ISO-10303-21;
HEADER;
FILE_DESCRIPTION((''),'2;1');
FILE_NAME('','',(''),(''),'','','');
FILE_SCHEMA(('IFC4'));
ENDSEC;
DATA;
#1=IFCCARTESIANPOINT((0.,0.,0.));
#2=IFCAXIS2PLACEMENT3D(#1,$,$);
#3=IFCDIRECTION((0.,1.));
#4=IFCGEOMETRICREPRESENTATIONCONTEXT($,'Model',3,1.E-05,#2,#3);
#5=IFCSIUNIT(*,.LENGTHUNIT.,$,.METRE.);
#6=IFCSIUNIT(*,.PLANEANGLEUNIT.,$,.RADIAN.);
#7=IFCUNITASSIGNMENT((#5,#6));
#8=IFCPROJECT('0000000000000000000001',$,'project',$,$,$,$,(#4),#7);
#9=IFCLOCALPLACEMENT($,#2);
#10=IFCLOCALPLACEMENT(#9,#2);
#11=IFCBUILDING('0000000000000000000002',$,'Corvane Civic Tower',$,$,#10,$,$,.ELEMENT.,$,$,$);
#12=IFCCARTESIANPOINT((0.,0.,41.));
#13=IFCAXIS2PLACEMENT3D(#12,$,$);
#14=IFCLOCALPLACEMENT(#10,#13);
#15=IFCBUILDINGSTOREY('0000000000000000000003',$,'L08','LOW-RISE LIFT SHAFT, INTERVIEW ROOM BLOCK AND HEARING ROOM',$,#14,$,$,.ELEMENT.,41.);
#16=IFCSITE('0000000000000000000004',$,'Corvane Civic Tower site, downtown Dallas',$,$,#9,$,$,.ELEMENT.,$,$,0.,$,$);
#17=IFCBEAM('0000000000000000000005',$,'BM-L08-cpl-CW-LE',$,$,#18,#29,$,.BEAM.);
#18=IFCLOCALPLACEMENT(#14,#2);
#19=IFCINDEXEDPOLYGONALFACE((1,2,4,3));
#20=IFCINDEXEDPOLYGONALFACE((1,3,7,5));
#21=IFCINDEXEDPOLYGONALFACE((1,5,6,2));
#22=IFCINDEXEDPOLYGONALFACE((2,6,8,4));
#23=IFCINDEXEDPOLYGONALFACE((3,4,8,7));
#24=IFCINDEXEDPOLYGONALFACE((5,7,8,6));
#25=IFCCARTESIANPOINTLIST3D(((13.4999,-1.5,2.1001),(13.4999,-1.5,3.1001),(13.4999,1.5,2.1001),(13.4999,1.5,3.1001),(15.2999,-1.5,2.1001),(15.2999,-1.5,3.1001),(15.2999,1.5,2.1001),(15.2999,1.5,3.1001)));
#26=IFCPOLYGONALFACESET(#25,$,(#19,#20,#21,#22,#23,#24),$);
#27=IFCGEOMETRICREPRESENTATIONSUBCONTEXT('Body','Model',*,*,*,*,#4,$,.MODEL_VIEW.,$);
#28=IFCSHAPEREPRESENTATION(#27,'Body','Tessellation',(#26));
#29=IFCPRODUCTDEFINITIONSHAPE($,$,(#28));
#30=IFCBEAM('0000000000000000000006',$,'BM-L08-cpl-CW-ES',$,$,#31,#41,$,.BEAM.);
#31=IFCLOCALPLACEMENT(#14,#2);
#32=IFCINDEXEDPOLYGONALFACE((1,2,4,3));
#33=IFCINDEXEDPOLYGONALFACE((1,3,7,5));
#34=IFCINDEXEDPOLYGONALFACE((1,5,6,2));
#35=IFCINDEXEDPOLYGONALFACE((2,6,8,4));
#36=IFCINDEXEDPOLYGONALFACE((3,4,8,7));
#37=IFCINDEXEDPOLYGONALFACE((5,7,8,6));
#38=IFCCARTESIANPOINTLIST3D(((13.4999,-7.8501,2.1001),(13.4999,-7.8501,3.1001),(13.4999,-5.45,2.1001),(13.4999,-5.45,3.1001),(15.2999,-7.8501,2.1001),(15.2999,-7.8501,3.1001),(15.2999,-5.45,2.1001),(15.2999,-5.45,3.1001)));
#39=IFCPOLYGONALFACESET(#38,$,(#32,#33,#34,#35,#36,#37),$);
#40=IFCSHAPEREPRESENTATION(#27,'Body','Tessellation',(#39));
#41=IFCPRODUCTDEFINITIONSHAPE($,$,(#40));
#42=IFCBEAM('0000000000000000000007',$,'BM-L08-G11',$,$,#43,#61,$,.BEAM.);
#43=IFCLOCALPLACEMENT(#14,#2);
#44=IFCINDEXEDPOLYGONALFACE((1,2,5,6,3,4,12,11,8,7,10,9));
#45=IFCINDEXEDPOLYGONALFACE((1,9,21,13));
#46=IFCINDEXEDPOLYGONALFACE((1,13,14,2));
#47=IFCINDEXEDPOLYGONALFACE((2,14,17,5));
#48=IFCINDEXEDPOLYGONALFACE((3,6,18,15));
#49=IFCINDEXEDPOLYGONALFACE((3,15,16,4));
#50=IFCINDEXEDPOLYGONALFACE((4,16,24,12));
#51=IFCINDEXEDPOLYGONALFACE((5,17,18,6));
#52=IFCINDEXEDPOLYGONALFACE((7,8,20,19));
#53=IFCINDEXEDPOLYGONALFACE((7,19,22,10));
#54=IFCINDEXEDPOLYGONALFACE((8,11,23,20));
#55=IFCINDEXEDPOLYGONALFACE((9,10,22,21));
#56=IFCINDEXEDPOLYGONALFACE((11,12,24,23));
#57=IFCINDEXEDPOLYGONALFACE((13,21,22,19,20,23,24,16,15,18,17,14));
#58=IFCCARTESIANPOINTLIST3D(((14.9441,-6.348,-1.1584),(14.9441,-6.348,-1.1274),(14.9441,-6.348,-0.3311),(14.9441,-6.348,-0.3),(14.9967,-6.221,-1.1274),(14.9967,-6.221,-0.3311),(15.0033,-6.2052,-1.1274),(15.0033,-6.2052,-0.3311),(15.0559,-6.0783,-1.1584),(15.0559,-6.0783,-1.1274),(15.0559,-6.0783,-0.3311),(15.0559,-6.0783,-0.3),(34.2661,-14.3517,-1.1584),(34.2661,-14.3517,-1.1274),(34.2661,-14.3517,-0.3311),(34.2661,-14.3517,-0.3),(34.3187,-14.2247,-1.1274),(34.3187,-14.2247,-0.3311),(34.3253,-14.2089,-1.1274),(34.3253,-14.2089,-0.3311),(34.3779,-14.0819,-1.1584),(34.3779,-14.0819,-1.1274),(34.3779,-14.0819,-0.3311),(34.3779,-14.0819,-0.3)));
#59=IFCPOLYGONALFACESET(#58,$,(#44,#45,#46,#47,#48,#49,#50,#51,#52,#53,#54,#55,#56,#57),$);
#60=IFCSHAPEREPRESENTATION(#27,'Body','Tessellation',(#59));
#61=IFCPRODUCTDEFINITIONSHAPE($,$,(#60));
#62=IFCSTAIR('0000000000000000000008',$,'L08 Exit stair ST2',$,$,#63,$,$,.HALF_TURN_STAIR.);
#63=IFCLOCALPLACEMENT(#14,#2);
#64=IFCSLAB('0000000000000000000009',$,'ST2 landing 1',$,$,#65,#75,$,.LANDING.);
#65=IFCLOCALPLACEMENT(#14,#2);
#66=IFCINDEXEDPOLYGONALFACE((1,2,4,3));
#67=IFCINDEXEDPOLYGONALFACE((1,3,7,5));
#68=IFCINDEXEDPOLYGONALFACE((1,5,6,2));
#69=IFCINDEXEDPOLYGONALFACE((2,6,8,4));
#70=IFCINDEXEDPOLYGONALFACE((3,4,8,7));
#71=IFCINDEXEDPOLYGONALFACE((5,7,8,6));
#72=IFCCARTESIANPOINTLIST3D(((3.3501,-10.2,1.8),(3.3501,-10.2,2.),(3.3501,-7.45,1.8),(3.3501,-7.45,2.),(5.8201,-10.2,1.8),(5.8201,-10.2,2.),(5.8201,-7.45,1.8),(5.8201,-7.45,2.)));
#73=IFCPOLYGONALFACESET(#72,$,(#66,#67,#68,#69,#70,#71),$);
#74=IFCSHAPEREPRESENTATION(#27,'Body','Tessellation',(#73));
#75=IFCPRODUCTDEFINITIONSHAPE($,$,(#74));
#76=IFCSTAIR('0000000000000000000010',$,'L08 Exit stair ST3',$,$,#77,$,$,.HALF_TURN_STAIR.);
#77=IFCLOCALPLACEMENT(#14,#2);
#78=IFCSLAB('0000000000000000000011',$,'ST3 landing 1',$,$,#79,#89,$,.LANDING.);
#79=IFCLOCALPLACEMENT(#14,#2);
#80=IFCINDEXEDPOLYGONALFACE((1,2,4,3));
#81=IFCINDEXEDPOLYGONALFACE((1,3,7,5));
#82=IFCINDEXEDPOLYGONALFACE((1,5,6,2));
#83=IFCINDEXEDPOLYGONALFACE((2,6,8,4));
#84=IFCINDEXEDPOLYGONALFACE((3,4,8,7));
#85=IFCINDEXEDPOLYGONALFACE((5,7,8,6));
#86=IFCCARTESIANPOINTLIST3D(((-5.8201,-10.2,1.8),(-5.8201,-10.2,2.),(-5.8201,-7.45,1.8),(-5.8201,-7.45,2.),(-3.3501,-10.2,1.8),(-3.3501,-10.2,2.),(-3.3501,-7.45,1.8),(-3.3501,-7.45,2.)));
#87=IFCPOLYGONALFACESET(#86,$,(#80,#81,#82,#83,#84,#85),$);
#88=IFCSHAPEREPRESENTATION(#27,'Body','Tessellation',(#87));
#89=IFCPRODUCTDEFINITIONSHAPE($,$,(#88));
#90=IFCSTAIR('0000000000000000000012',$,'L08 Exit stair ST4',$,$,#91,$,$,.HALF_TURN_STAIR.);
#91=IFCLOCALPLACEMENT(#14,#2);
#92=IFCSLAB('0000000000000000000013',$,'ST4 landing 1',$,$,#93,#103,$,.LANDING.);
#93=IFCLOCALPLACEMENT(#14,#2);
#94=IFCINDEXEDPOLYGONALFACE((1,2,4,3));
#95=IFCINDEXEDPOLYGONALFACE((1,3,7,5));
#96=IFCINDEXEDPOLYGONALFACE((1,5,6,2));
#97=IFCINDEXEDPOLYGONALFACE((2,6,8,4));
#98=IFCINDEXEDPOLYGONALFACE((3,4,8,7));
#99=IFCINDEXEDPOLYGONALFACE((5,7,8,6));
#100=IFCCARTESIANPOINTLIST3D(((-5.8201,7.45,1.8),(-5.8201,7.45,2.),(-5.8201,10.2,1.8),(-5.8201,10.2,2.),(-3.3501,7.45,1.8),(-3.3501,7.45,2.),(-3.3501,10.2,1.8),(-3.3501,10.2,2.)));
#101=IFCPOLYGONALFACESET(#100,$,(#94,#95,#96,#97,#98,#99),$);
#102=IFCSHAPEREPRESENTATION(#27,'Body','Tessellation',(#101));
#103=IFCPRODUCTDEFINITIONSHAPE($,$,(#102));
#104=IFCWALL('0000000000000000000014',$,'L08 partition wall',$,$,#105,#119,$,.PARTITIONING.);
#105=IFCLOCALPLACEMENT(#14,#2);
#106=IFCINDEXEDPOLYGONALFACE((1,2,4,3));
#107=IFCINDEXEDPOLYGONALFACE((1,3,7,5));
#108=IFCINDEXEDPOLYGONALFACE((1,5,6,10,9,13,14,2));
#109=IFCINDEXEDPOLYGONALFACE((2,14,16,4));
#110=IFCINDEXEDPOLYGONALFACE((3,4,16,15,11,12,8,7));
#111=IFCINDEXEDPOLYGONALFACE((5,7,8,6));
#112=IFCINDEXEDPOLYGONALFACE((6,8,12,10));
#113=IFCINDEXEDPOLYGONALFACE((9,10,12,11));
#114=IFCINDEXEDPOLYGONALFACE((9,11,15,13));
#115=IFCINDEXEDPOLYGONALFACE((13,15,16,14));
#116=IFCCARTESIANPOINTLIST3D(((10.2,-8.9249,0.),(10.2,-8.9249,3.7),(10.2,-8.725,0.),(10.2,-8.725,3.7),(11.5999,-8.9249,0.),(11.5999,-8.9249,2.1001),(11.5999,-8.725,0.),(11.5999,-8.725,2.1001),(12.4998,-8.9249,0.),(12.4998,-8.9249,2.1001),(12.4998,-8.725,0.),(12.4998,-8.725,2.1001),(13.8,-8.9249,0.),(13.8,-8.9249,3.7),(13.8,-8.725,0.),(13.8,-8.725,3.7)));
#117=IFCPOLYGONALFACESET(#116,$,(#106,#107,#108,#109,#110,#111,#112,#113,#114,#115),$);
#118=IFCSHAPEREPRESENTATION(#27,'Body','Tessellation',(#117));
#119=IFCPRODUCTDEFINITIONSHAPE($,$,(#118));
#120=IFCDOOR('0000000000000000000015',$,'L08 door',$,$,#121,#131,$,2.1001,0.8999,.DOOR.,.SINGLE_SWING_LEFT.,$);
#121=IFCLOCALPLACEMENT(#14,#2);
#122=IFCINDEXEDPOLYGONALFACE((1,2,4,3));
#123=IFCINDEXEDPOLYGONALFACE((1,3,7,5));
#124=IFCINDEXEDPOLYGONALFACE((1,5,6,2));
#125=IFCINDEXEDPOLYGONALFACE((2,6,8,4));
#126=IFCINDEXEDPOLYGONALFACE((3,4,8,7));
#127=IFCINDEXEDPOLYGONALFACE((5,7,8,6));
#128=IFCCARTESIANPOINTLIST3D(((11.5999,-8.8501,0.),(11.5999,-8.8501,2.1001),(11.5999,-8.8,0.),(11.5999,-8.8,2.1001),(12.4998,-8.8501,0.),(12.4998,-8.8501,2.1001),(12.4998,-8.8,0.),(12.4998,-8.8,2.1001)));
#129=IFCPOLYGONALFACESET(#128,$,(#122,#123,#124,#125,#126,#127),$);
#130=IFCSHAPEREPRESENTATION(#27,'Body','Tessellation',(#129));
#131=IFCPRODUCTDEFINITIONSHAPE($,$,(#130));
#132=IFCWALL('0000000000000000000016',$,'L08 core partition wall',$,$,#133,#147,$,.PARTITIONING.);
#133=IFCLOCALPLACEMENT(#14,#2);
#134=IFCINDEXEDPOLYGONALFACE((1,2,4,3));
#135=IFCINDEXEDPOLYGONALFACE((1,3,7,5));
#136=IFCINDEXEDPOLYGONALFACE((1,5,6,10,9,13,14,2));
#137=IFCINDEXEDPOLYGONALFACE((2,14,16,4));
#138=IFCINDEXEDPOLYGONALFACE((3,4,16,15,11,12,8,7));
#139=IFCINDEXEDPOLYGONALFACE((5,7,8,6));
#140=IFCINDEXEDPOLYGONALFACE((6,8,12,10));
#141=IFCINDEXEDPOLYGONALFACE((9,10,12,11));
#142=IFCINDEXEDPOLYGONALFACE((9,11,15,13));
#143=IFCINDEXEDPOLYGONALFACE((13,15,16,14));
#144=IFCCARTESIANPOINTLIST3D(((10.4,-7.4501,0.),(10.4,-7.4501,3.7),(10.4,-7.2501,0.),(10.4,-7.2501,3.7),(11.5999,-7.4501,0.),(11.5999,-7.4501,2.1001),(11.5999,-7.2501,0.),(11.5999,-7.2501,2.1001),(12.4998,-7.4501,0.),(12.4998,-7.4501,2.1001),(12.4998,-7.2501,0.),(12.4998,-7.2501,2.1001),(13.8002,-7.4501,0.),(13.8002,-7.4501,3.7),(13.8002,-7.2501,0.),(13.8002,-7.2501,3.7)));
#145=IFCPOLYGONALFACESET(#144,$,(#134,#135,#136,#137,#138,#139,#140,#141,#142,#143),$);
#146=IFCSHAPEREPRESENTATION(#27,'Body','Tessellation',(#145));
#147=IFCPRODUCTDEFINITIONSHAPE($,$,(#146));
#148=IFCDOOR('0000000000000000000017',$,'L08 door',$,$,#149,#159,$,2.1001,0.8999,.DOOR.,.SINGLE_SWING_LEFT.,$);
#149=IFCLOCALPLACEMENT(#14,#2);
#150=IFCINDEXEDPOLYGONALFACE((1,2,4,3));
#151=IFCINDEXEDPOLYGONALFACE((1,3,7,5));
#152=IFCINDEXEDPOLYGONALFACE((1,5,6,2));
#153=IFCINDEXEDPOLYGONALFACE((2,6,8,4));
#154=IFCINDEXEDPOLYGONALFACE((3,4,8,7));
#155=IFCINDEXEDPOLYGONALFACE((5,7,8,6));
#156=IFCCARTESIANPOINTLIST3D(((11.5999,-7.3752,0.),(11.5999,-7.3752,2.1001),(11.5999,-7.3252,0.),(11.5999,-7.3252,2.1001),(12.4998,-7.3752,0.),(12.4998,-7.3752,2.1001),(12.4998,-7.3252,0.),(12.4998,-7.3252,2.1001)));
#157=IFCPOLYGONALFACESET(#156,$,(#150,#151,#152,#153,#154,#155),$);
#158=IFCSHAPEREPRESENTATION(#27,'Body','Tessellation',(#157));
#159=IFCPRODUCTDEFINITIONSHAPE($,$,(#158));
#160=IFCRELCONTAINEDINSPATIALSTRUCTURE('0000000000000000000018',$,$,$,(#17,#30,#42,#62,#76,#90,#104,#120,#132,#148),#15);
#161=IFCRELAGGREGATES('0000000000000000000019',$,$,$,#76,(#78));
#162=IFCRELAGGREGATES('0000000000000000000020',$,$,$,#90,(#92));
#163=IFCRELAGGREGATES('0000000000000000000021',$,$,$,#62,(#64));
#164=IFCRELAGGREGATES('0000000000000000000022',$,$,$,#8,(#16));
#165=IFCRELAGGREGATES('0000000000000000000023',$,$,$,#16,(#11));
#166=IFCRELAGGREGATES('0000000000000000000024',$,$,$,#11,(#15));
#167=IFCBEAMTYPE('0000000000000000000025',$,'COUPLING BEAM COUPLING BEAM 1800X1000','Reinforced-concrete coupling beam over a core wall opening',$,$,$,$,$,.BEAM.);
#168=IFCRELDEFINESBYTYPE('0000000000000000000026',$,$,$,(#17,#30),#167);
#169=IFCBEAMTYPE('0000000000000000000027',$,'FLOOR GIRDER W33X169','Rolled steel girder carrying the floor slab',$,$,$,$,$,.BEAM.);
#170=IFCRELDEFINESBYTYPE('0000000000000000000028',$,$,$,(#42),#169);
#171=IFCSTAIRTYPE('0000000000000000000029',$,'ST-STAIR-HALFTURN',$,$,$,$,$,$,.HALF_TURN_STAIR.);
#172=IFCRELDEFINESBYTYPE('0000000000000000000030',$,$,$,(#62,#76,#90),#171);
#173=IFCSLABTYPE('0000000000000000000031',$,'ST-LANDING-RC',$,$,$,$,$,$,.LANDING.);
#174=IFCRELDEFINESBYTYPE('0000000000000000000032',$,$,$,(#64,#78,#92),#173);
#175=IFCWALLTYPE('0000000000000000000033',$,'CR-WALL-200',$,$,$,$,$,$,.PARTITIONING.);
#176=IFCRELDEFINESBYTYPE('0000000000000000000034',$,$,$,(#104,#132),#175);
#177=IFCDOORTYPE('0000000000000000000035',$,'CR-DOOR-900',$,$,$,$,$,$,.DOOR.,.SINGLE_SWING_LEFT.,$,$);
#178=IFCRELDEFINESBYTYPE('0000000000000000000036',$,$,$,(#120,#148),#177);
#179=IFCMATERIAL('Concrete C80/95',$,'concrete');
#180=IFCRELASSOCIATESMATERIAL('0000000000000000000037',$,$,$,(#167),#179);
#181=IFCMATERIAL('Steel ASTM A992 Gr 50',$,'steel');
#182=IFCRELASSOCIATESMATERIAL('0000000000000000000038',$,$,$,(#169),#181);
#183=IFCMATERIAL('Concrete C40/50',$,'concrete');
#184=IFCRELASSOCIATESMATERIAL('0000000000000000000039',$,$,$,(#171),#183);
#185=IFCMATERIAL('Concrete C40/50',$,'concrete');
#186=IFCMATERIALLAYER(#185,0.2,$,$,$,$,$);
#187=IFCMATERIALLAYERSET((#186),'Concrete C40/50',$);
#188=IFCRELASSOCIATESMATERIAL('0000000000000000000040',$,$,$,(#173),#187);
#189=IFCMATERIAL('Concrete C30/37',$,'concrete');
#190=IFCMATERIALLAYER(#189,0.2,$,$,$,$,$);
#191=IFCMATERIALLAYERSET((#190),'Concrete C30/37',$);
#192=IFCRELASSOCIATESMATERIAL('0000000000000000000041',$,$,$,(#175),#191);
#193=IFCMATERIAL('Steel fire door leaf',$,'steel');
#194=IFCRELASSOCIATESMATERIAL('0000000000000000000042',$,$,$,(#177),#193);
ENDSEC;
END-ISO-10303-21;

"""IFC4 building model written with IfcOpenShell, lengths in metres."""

from ifc_helpers import new_model, si_unit, direction, frame, frame_2d, origin, origin_2d, place, context, subcontext, project, spatial, polyline, rectangle, i_section, outline, extrude, material, layer, layer_set, material_profile, profile_set, type_object, element, fill, aggregate, save


model = new_model("IFC4")

# Units and contexts
model_context = context("Model", 3, precision=1e-05, world=origin(), true_north=direction((0.0, 1.0)))
body_context = subcontext(model_context, "Body", "Model", "MODEL_VIEW")
ifc_project = project(units=[si_unit("LENGTHUNIT", "METRE"), si_unit("PLANEANGLEUNIT", "RADIAN")], contexts=[model_context])

# Site, building, storey
site_placement = place(None, origin())
site = spatial("IfcSite", under=ifc_project, at=site_placement, Name="Corvane Civic Tower site, downtown Dallas", CompositionType="ELEMENT", RefElevation=0.0)
building_placement = place(site_placement, origin())
building = spatial("IfcBuilding", under=site, at=building_placement, Name="Corvane Civic Tower", CompositionType="ELEMENT")
storey_placement = place(building_placement, frame((0.0, 0.0, 41.0)))
storey = spatial("IfcBuildingStorey", under=building, at=storey_placement, Name="L08", Description="LOW-RISE LIFT SHAFT, INTERVIEW ROOM BLOCK AND HEARING ROOM", CompositionType="ELEMENT", Elevation=41.0)

# Beams
ifc_material_1 = material(Name="Concrete C80/95", Category="concrete")
ifc_material_profile_1 = material_profile(ifc_material_1, rectangle(XDim=1.8, YDim=1.0, at=origin_2d()), Name="COUPLING BEAM 1800X1000")
ifc_profile_set_1 = profile_set([ifc_material_profile_1], Name="Concrete C80/95")
beam_type_1 = type_object("IfcBeamType", Name="COUPLING BEAM COUPLING BEAM 1800X1000", Description="Reinforced-concrete coupling beam over a core wall opening", PredefinedType="BEAM", material=ifc_profile_set_1)
beam_1_placement = place(storey_placement, frame((14.3999, -1.5, 2.6001), z_axis=(0.0, 1.0, 0.0), x_axis=(-1.0, 0.0, 0.0)))
element("IfcBeam", 1, at=beam_1_placement, inside=storey, type_object=beam_type_1, Name="BM-L08-cpl-CW-LE", PredefinedType="BEAM", context=body_context, shape_type="SweptSolid", body=[
    extrude(rectangle(XDim=1.8, YDim=1.0, at=origin_2d()), origin(), (0.0, 0.0, 1.0), 3.0),
])
beam_2_placement = place(storey_placement, frame((14.3999, -7.8501, 2.6001), z_axis=(0.0, 1.0, 0.0), x_axis=(-1.0, 0.0, 0.0)))
element("IfcBeam", 2, at=beam_2_placement, inside=storey, type_object=beam_type_1, Name="BM-L08-cpl-CW-ES", PredefinedType="BEAM", context=body_context, shape_type="SweptSolid", body=[
    extrude(rectangle(XDim=1.8, YDim=1.0, at=origin_2d()), origin(), (0.0, 0.0, 1.0), 2.4001),
])
ifc_material_2 = material(Name="Steel ASTM A992 Gr 50", Category="steel")
ifc_material_profile_2 = material_profile(ifc_material_2, i_section(OverallWidth=0.292, OverallDepth=0.8584, WebThickness=0.0171, FlangeThickness=0.031, at=origin_2d()), Name="W33X169")
ifc_profile_set_2 = profile_set([ifc_material_profile_2], Name="Steel ASTM A992 Gr 50")
beam_type_2 = type_object("IfcBeamType", Name="FLOOR GIRDER W33X169", Description="Rolled steel girder carrying the floor slab", PredefinedType="BEAM", material=ifc_profile_set_2)
beam_3_placement = place(storey_placement, frame((15.0, -6.2131, -0.7292), z_axis=(0.923876, -0.382692, 0.0), x_axis=(0.382692, 0.923876, 0.0)))
element("IfcBeam", 3, at=beam_3_placement, inside=storey, type_object=beam_type_2, Name="BM-L08-G11", PredefinedType="BEAM", context=body_context, shape_type="SweptSolid", body=[
    extrude(i_section(OverallWidth=0.292, OverallDepth=0.8584, WebThickness=0.0171, FlangeThickness=0.031, at=origin_2d()), origin(), (0.0, 0.0, 1.0), 20.9141),
])

# Stairs, slabs
ifc_material_3 = material(Name="Concrete C40/50", Category="concrete")
stair_type = type_object("IfcStairType", Name="ST-STAIR-HALFTURN", PredefinedType="HALF_TURN_STAIR", material=ifc_material_3)
stair_1_placement = place(storey_placement, origin())
stair_1 = element("IfcStair", 4, at=stair_1_placement, inside=storey, type_object=stair_type, Name="L08 Exit stair ST2", PredefinedType="HALF_TURN_STAIR")
ifc_material_4 = material(Name="Concrete C40/50", Category="concrete")
ifc_layer_1 = layer(ifc_material_4, 0.2)
ifc_layer_set_1 = layer_set([ifc_layer_1], Name="Concrete C40/50")
slab_type = type_object("IfcSlabType", Name="ST-LANDING-RC", PredefinedType="LANDING", material=ifc_layer_set_1)
slab_1_placement = place(storey_placement, frame((0.0, 0.0, 1.8)))
slab_1 = element("IfcSlab", 5, at=slab_1_placement, type_object=slab_type, Name="ST2 landing 1", PredefinedType="LANDING", context=body_context, shape_type="SweptSolid", body=[
    extrude(outline(polyline([(5.8201, -7.45), (3.3501, -7.45), (3.3501, -10.2), (5.8201, -10.2), (5.8201, -7.45)])), origin(), (0.0, 0.0, 1.0), 0.2),
])
stair_2_placement = place(storey_placement, origin())
stair_2 = element("IfcStair", 6, at=stair_2_placement, inside=storey, type_object=stair_type, Name="L08 Exit stair ST3", PredefinedType="HALF_TURN_STAIR")
slab_2_placement = place(storey_placement, frame((0.0, 0.0, 1.8)))
slab_2 = element("IfcSlab", 7, at=slab_2_placement, type_object=slab_type, Name="ST3 landing 1", PredefinedType="LANDING", context=body_context, shape_type="SweptSolid", body=[
    extrude(outline(polyline([(-5.8201, -10.2), (-3.3501, -10.2), (-3.3501, -7.45), (-5.8201, -7.45), (-5.8201, -10.2)])), origin(), (0.0, 0.0, 1.0), 0.2),
])
aggregate(stair_2, [slab_2])
stair_3_placement = place(storey_placement, origin())
stair_3 = element("IfcStair", 8, at=stair_3_placement, inside=storey, type_object=stair_type, Name="L08 Exit stair ST4", PredefinedType="HALF_TURN_STAIR")
slab_3_placement = place(storey_placement, frame((0.0, 0.0, 1.8)))
slab_3 = element("IfcSlab", 9, at=slab_3_placement, type_object=slab_type, Name="ST4 landing 1", PredefinedType="LANDING", context=body_context, shape_type="SweptSolid", body=[
    extrude(outline(polyline([(-5.8201, 7.45), (-3.3501, 7.45), (-3.3501, 10.2), (-5.8201, 10.2), (-5.8201, 7.45)])), origin(), (0.0, 0.0, 1.0), 0.2),
])
aggregate(stair_3, [slab_3])

# Walls, openings, doors
ifc_material_5 = material(Name="Concrete C30/37", Category="concrete")
ifc_layer_2 = layer(ifc_material_5, 0.2)
ifc_layer_set_2 = layer_set([ifc_layer_2], Name="Concrete C30/37")
wall_type_1 = type_object("IfcWallType", Name="CR-WALL-200", PredefinedType="PARTITIONING", material=ifc_layer_set_2)
wall_1_placement = place(storey_placement, frame((10.2, -8.825, 0.0), z_axis=(0.0, 0.0, 1.0), x_axis=(1.0, 0.0, 0.0)))
wall_1 = element("IfcWall", 10, at=wall_1_placement, inside=storey, type_object=wall_type_1, Name="L08 partition wall", PredefinedType="PARTITIONING", context=body_context, shape_type="SweptSolid", body=[
    extrude(rectangle(XDim=3.6001, YDim=0.2, at=frame_2d((1.8, 0.0))), origin(), (0.0, 0.0, 1.0), 3.7),
])
opening_1_placement = place(wall_1_placement, frame((1.3999, 0.0, 0.0)))
opening_1 = element("IfcOpeningElement", 11, at=opening_1_placement, cuts=wall_1, PredefinedType="OPENING", context=body_context, shape_type="SweptSolid", body=[
    extrude(rectangle(XDim=0.8999, YDim=2.1001, at=frame_2d((0.45, 1.05))), frame((0.0, 0.1099, 0.0), z_axis=(0.0, -1.0, 0.0), x_axis=(1.0, 0.0, 0.0)), (0.0, 0.0, 1.0), 0.22),
])
ifc_material_6 = material(Name="Steel fire door leaf", Category="steel")
door_type_1 = type_object("IfcDoorType", Name="CR-DOOR-900", OperationType="SINGLE_SWING_LEFT", PredefinedType="DOOR", material=ifc_material_6)
door_1_placement = place(opening_1_placement, origin())
door_1 = element("IfcDoor", 12, at=door_1_placement, inside=storey, type_object=door_type_1, Name="L08 door", OperationType="SINGLE_SWING_LEFT", OverallHeight=2.1001, OverallWidth=0.8999, PredefinedType="DOOR", context=body_context, shape_type="SweptSolid", body=[
    extrude(rectangle(XDim=0.8999, YDim=2.1001, at=frame_2d((0.45, 1.05))), frame((0.0, 0.0249, 0.0), z_axis=(0.0, -1.0, 0.0), x_axis=(1.0, 0.0, 0.0)), (0.0, 0.0, 1.0), 0.05),
])
fill(opening_1, door_1)
wall_2_placement = place(storey_placement, frame((10.3999, -7.3501, 0.0), z_axis=(0.0, 0.0, 1.0), x_axis=(1.0, 0.0, 0.0)))
wall_2 = element("IfcWall", 13, at=wall_2_placement, inside=storey, type_object=wall_type_1, Name="L08 core partition wall", PredefinedType="PARTITIONING", context=body_context, shape_type="SweptSolid", body=[
    extrude(rectangle(XDim=3.4001, YDim=0.2, at=frame_2d((1.7002, 0.0))), origin(), (0.0, 0.0, 1.0), 3.7),
])
opening_2_placement = place(wall_2_placement, frame((1.2, 0.0, 0.0)))
opening_2 = element("IfcOpeningElement", 14, at=opening_2_placement, cuts=wall_2, PredefinedType="OPENING", context=body_context, shape_type="SweptSolid", body=[
    extrude(rectangle(XDim=0.8999, YDim=2.1001, at=frame_2d((0.45, 1.05))), frame((0.0, 0.1099, 0.0), z_axis=(0.0, -1.0, 0.0), x_axis=(1.0, 0.0, 0.0)), (0.0, 0.0, 1.0), 0.22),
])
door_2_placement = place(opening_2_placement, origin())
door_2 = element("IfcDoor", 15, at=door_2_placement, inside=storey, type_object=door_type_1, Name="L08 door", OperationType="SINGLE_SWING_LEFT", OverallHeight=2.1001, OverallWidth=0.8999, PredefinedType="DOOR", context=body_context, shape_type="SweptSolid", body=[
    extrude(rectangle(XDim=0.8999, YDim=2.1001, at=frame_2d((0.45, 1.05))), frame((0.0, 0.0249, 0.0), z_axis=(0.0, -1.0, 0.0), x_axis=(1.0, 0.0, 0.0)), (0.0, 0.0, 1.0), 0.05),
])
fill(opening_2, door_2)

aggregate(stair_1, [slab_1])

save(model, "model.ifc")
